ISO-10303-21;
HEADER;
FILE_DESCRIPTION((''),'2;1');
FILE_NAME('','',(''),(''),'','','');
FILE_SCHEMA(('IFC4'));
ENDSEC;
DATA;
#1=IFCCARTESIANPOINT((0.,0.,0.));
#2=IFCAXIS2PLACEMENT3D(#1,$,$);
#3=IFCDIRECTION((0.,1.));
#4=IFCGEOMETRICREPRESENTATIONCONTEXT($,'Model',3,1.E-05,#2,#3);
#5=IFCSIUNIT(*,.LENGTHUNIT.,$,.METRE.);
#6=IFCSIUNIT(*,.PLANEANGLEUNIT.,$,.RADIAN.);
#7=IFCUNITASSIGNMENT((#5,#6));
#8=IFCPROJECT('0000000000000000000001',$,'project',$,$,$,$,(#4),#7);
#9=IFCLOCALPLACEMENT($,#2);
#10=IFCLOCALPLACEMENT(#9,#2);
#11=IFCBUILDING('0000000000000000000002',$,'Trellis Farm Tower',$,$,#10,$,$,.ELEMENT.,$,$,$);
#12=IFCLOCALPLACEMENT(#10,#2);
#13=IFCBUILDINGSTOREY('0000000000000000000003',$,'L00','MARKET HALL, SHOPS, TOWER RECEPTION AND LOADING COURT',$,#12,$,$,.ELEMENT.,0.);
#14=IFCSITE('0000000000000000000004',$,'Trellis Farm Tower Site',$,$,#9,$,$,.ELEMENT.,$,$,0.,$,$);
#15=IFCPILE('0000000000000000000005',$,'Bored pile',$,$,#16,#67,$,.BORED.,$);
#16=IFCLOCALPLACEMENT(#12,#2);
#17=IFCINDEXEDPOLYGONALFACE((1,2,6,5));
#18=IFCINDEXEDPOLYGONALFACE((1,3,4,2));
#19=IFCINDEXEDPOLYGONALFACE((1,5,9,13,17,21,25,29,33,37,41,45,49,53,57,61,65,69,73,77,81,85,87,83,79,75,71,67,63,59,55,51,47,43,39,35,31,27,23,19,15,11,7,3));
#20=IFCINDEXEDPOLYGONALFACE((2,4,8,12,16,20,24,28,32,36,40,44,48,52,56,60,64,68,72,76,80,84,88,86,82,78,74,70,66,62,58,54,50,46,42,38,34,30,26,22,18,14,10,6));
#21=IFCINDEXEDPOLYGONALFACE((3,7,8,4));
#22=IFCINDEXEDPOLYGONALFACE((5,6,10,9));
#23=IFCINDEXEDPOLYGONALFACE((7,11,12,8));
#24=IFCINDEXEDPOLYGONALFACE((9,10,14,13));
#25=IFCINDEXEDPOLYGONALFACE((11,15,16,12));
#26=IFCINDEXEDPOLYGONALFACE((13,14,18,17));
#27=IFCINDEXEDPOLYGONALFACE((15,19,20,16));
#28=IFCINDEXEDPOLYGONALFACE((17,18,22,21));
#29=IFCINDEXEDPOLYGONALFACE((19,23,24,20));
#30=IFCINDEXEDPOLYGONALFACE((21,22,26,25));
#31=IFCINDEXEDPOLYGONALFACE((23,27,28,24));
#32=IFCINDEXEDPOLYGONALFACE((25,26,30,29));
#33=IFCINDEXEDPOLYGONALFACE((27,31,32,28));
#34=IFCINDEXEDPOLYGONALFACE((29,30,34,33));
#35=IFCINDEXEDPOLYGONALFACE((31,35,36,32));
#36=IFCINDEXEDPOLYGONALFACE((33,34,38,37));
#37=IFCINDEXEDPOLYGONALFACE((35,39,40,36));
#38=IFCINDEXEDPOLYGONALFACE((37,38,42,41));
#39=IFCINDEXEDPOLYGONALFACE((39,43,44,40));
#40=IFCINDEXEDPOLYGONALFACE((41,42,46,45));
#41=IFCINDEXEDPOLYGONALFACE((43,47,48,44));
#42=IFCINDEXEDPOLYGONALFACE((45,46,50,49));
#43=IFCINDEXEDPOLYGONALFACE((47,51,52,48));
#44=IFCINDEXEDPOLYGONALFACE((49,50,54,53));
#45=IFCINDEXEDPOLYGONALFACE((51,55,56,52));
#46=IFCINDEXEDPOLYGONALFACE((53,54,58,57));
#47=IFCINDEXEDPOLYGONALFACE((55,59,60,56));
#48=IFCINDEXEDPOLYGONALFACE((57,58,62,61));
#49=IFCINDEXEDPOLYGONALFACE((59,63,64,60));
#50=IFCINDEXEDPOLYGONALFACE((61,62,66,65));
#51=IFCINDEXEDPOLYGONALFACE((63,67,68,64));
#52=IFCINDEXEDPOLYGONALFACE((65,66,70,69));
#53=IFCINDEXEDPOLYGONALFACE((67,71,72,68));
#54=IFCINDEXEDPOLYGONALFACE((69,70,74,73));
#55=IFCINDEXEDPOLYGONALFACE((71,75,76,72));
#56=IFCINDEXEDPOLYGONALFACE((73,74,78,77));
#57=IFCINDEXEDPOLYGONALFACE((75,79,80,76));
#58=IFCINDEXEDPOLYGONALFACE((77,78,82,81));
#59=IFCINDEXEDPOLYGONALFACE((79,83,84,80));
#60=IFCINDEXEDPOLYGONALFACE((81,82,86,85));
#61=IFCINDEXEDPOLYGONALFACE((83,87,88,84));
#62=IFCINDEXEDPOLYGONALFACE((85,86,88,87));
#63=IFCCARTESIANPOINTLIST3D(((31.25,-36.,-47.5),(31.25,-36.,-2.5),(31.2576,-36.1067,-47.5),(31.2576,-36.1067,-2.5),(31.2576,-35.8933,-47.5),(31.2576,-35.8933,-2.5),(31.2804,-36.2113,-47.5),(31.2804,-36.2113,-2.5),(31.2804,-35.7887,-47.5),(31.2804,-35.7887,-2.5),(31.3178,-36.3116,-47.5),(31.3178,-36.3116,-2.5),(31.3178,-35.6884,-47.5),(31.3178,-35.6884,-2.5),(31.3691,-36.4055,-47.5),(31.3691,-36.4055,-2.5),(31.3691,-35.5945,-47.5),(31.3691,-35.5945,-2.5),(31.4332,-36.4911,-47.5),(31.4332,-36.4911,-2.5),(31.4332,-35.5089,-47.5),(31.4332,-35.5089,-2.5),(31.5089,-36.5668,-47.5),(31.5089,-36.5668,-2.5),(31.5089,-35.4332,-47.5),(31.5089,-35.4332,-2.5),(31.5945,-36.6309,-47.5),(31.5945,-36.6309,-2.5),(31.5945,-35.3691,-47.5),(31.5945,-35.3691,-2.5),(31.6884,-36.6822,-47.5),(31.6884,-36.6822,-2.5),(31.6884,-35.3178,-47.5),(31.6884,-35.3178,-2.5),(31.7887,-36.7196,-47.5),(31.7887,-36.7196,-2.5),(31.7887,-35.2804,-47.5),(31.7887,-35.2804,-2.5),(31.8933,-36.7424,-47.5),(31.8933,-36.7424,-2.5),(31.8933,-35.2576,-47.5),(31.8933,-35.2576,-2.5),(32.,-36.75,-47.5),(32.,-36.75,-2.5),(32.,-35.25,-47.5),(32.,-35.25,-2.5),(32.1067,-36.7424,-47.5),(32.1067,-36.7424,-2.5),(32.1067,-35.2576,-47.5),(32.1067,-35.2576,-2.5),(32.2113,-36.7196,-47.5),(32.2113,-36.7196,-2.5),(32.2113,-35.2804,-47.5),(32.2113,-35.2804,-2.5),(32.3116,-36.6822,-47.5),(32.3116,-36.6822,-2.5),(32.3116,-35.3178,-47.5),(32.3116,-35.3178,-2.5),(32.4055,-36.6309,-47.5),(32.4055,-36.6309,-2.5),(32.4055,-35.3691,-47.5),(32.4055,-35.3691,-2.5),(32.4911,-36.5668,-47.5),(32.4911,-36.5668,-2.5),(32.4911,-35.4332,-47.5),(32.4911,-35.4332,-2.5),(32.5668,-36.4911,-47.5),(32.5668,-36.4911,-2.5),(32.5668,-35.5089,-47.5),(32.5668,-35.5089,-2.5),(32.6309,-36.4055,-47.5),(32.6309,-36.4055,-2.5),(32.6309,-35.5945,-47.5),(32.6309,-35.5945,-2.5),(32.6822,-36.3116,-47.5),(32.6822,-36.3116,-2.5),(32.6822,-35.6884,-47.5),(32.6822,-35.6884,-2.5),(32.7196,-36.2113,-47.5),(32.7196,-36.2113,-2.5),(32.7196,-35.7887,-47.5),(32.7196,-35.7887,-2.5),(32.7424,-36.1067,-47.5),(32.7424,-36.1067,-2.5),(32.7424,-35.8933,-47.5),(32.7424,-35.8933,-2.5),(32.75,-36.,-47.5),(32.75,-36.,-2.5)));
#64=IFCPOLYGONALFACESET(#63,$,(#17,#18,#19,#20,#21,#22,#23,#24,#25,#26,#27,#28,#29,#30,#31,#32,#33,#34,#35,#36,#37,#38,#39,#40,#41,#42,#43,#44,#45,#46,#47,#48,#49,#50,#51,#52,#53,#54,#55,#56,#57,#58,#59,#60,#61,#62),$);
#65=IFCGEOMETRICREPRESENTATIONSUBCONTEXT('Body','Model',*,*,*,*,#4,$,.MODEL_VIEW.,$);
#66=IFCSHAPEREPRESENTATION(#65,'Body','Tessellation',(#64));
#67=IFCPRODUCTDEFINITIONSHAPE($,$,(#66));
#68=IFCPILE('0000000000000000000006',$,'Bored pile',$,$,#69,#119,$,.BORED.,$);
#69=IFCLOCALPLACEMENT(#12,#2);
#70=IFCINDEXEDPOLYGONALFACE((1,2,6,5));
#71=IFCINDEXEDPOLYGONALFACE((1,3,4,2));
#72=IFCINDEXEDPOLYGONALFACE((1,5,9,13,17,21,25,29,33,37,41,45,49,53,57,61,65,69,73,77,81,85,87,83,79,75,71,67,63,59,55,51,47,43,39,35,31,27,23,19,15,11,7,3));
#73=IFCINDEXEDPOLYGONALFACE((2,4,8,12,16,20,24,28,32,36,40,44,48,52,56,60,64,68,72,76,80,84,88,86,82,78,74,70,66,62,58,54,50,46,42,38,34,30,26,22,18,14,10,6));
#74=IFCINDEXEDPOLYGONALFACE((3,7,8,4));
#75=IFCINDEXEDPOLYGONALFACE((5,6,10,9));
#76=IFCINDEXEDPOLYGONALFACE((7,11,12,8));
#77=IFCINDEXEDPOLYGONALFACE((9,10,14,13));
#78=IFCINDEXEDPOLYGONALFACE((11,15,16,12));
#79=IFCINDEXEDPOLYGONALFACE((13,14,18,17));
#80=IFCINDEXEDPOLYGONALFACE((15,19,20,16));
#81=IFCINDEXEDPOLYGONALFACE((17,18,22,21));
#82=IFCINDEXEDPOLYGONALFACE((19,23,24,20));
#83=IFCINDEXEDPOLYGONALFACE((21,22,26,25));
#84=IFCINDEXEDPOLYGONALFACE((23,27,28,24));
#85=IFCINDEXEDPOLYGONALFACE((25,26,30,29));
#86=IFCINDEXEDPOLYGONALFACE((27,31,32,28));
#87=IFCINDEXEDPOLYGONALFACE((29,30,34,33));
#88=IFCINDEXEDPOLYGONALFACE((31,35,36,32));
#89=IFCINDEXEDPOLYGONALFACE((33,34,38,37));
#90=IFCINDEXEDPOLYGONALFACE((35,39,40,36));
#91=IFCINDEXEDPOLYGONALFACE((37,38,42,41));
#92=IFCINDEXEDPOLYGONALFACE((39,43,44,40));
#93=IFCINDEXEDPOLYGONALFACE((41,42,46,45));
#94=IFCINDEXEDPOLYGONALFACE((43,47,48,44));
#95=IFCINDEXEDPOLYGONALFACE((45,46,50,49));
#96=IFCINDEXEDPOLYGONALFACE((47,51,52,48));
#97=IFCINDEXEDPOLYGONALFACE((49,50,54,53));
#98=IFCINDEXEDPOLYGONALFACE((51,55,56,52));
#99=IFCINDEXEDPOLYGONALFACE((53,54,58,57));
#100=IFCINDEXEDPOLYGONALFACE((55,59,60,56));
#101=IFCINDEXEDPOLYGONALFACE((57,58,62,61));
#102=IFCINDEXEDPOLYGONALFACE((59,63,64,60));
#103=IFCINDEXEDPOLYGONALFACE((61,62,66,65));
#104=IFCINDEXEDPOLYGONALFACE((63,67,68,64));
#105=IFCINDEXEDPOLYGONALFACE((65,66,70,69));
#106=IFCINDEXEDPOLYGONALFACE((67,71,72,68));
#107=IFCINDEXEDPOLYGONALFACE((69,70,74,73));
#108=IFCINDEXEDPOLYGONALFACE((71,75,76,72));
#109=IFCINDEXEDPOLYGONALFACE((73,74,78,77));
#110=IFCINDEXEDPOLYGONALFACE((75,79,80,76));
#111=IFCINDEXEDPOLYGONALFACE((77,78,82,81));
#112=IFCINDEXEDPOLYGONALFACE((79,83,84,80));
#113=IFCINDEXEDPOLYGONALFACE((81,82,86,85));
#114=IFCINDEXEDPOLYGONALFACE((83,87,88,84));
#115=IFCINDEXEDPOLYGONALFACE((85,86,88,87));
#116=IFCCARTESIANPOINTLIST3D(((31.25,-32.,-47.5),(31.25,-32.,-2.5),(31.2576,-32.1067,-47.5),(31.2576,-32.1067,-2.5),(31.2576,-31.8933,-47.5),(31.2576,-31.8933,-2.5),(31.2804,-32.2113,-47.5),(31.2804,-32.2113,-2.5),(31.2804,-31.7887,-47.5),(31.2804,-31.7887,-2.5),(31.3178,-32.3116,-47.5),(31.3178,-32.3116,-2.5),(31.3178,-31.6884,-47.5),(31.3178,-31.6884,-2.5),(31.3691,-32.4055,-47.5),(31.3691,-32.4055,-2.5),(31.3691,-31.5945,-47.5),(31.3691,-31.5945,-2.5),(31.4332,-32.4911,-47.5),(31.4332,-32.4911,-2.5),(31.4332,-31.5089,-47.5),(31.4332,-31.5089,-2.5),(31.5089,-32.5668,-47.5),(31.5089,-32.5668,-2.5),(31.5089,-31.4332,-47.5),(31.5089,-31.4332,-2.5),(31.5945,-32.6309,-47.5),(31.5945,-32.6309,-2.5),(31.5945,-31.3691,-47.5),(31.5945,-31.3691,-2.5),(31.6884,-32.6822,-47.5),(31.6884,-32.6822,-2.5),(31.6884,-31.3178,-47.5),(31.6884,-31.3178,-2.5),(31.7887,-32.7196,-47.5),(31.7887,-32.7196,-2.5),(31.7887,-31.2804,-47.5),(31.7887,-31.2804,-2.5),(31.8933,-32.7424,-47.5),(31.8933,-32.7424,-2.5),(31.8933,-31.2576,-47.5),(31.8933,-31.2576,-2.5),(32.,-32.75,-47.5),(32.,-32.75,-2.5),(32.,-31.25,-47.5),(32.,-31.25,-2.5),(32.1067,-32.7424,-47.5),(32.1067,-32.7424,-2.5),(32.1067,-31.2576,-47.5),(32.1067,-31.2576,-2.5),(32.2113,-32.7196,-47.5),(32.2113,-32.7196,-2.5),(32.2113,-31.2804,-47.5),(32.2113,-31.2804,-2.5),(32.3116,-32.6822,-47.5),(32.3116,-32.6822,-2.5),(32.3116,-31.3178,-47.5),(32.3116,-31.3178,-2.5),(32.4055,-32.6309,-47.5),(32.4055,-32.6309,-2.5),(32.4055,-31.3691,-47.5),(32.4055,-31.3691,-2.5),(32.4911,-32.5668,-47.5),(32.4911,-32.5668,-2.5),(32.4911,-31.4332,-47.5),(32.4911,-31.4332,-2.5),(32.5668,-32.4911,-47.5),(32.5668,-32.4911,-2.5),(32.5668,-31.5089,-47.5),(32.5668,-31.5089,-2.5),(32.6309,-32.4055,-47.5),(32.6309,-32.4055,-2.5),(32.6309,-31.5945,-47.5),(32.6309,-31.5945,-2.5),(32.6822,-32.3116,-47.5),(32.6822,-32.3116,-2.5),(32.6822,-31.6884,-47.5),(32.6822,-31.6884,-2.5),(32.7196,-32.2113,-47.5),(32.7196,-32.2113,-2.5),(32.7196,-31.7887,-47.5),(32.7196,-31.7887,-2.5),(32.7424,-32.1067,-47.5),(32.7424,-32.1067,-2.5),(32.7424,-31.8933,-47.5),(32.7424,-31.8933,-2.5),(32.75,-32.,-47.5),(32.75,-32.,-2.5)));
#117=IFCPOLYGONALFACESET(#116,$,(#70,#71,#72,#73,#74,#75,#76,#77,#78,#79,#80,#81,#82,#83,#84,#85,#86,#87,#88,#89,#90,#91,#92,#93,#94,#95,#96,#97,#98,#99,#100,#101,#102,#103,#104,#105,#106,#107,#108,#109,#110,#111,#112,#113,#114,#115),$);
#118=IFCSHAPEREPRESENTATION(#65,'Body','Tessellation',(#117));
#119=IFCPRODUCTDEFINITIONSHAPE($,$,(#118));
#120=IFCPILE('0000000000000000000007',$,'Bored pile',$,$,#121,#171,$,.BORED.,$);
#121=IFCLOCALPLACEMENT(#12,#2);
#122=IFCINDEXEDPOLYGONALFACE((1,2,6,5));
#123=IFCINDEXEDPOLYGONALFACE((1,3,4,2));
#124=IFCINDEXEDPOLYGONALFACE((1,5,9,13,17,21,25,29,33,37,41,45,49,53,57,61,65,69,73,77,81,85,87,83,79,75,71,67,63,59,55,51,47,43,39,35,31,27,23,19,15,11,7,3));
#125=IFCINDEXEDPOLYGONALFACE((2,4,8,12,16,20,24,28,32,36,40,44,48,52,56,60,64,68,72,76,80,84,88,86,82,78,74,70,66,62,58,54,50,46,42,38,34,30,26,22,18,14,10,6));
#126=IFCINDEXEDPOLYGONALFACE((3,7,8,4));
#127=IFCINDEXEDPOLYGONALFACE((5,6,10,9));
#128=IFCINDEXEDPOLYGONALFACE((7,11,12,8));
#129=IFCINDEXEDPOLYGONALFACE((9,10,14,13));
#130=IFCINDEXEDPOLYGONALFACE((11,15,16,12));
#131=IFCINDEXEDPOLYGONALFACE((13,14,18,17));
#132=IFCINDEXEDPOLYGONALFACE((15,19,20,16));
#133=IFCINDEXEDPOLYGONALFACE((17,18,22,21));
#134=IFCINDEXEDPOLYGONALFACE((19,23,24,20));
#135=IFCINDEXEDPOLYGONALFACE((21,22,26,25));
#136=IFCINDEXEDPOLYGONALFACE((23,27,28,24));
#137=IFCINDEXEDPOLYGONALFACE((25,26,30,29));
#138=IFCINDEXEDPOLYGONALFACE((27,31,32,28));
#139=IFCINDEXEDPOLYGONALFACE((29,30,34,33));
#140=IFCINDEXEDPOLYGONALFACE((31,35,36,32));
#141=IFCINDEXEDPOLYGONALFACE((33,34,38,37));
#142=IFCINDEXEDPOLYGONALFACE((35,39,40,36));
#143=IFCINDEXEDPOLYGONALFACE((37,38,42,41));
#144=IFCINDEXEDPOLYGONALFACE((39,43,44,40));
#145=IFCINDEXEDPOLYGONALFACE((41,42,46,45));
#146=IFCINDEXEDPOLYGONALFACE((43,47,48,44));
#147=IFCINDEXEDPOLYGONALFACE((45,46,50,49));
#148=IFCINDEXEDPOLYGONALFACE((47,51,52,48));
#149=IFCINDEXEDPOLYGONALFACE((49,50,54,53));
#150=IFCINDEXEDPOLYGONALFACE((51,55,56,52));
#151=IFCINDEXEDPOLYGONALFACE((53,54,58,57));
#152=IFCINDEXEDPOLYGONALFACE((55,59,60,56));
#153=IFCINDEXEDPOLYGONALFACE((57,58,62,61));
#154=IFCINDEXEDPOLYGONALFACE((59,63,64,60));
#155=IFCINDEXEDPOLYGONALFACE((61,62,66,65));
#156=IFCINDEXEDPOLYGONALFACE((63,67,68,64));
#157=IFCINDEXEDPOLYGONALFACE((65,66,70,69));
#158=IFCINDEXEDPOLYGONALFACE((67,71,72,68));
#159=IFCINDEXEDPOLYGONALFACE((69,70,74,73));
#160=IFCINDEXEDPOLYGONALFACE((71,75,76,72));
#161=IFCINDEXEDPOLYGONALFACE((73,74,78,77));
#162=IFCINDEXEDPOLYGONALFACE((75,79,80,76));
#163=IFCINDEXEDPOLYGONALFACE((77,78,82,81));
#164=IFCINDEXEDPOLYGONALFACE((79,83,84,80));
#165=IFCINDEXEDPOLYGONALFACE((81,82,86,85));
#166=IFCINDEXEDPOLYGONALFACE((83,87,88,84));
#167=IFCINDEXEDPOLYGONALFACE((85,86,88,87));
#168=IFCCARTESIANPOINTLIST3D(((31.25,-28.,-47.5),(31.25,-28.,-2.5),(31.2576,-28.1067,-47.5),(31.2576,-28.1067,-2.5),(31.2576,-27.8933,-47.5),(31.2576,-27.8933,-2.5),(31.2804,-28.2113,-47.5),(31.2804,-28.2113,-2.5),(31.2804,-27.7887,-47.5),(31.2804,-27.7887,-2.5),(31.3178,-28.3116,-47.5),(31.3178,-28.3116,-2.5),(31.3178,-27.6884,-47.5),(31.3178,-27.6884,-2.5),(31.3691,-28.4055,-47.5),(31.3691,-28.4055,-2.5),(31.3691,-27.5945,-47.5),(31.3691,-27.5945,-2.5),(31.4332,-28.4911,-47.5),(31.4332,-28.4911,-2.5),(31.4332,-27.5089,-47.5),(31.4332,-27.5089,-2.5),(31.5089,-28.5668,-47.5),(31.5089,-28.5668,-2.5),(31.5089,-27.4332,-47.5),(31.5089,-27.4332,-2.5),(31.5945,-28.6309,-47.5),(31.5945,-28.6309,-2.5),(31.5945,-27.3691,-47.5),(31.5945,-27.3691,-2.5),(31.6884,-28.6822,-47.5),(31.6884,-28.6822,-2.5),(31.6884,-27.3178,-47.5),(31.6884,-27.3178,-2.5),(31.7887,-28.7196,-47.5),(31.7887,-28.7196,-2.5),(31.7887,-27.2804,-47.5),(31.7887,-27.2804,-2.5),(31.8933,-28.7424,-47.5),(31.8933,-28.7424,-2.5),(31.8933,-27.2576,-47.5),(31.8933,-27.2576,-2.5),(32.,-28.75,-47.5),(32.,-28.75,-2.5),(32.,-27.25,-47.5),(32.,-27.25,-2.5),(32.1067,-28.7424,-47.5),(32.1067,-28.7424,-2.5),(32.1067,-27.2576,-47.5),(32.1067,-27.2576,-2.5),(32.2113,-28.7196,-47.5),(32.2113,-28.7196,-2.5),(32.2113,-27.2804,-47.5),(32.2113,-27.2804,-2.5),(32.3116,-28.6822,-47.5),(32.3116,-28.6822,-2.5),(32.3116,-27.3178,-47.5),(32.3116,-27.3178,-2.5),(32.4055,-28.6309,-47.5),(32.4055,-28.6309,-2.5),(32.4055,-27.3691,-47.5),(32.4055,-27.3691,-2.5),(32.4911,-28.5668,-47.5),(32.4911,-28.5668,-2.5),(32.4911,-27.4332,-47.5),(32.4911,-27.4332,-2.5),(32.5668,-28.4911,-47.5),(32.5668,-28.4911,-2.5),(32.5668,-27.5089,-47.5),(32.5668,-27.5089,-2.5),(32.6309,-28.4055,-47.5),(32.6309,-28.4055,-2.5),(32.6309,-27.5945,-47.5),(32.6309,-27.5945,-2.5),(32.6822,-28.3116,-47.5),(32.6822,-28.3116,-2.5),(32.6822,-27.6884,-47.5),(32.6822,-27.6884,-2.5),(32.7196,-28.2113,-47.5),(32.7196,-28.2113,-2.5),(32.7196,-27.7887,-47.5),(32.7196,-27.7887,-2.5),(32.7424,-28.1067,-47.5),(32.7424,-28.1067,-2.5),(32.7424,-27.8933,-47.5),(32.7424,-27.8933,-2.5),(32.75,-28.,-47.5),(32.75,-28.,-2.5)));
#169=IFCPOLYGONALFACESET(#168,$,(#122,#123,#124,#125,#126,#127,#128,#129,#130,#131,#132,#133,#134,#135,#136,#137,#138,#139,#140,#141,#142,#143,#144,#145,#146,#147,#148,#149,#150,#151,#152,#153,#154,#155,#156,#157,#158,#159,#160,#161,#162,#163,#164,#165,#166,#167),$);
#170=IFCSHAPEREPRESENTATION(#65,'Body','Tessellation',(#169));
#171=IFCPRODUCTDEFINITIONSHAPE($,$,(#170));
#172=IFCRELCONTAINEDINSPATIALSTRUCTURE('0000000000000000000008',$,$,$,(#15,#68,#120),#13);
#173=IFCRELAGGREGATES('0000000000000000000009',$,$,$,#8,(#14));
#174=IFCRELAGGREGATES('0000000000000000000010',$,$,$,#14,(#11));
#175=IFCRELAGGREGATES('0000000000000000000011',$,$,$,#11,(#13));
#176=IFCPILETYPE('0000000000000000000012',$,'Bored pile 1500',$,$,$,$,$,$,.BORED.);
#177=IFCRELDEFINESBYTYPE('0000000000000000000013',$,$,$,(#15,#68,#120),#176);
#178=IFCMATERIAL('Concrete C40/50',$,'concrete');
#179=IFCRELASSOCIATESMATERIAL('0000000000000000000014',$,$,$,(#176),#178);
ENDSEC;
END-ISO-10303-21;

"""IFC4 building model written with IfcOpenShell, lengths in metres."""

from ifc_helpers import new_model, si_unit, direction, frame, origin, origin_2d, place, context, subcontext, project, spatial, circle, extrude, source, transform, mapped, material, material_profile, profile_set, type_object, element, save


model = new_model("IFC4")

# Units and contexts
model_context = context("Model", 3, precision=1e-05, world=origin(), true_north=direction((0.0, 1.0)))
body_context = subcontext(model_context, "Body", "Model", "MODEL_VIEW")
ifc_project = project(units=[si_unit("LENGTHUNIT", "METRE"), si_unit("PLANEANGLEUNIT", "RADIAN")], contexts=[model_context])

# Site, building, storey
site_placement = place(None, origin())
site = spatial("IfcSite", under=ifc_project, at=site_placement, Name="Trellis Farm Tower Site", CompositionType="ELEMENT", RefElevation=0.0)
building_placement = place(site_placement, origin())
building = spatial("IfcBuilding", under=site, at=building_placement, Name="Trellis Farm Tower", CompositionType="ELEMENT")
storey_placement = place(building_placement, origin())
storey = spatial("IfcBuildingStorey", under=building, at=storey_placement, Name="L00", Description="MARKET HALL, SHOPS, TOWER RECEPTION AND LOADING COURT", CompositionType="ELEMENT", Elevation=0.0)

# Piles
ifc_material_1 = material(Name="Concrete C40/50", Category="concrete")
ifc_material_profile_1 = material_profile(ifc_material_1, circle(Radius=0.75, at=origin_2d()), Name="Bored pile 1500")
ifc_profile_set_1 = profile_set([ifc_material_profile_1], Name="Concrete C40/50")
pile_type = type_object("IfcPileType", Name="Bored pile 1500", PredefinedType="BORED", material=ifc_profile_set_1)
shared_shape_1 = source(origin(), body_context, "Body", "SweptSolid", [
    extrude(circle(Radius=0.75, at=origin_2d()), origin(), (0.0, 0.0, 1.0), 45.0),
])
for number, where, z_axis, x_axis, name in (
    (1, (32.0, -36.0, -2.5), (0.0, 0.0, -1.0), (1.0, 0.0, 0.0), "Bored pile"),
    (2, (32.0, -32.0, -2.5), (0.0, 0.0, -1.0), (1.0, 0.0, 0.0), "Bored pile"),
    (3, (32.0, -28.0, -2.5), (0.0, 0.0, -1.0), (1.0, 0.0, 0.0), "Bored pile"),
):
    element("IfcPile", number, at=place(storey_placement, frame(where, z_axis=z_axis, x_axis=x_axis)), inside=storey, type_object=pile_type, Name=name, PredefinedType="BORED", context=body_context, shape_type="MappedRepresentation", body=[
        mapped(shared_shape_1, transform((0.0, 0.0, 0.0))),
    ])

save(model, "model.ifc")
